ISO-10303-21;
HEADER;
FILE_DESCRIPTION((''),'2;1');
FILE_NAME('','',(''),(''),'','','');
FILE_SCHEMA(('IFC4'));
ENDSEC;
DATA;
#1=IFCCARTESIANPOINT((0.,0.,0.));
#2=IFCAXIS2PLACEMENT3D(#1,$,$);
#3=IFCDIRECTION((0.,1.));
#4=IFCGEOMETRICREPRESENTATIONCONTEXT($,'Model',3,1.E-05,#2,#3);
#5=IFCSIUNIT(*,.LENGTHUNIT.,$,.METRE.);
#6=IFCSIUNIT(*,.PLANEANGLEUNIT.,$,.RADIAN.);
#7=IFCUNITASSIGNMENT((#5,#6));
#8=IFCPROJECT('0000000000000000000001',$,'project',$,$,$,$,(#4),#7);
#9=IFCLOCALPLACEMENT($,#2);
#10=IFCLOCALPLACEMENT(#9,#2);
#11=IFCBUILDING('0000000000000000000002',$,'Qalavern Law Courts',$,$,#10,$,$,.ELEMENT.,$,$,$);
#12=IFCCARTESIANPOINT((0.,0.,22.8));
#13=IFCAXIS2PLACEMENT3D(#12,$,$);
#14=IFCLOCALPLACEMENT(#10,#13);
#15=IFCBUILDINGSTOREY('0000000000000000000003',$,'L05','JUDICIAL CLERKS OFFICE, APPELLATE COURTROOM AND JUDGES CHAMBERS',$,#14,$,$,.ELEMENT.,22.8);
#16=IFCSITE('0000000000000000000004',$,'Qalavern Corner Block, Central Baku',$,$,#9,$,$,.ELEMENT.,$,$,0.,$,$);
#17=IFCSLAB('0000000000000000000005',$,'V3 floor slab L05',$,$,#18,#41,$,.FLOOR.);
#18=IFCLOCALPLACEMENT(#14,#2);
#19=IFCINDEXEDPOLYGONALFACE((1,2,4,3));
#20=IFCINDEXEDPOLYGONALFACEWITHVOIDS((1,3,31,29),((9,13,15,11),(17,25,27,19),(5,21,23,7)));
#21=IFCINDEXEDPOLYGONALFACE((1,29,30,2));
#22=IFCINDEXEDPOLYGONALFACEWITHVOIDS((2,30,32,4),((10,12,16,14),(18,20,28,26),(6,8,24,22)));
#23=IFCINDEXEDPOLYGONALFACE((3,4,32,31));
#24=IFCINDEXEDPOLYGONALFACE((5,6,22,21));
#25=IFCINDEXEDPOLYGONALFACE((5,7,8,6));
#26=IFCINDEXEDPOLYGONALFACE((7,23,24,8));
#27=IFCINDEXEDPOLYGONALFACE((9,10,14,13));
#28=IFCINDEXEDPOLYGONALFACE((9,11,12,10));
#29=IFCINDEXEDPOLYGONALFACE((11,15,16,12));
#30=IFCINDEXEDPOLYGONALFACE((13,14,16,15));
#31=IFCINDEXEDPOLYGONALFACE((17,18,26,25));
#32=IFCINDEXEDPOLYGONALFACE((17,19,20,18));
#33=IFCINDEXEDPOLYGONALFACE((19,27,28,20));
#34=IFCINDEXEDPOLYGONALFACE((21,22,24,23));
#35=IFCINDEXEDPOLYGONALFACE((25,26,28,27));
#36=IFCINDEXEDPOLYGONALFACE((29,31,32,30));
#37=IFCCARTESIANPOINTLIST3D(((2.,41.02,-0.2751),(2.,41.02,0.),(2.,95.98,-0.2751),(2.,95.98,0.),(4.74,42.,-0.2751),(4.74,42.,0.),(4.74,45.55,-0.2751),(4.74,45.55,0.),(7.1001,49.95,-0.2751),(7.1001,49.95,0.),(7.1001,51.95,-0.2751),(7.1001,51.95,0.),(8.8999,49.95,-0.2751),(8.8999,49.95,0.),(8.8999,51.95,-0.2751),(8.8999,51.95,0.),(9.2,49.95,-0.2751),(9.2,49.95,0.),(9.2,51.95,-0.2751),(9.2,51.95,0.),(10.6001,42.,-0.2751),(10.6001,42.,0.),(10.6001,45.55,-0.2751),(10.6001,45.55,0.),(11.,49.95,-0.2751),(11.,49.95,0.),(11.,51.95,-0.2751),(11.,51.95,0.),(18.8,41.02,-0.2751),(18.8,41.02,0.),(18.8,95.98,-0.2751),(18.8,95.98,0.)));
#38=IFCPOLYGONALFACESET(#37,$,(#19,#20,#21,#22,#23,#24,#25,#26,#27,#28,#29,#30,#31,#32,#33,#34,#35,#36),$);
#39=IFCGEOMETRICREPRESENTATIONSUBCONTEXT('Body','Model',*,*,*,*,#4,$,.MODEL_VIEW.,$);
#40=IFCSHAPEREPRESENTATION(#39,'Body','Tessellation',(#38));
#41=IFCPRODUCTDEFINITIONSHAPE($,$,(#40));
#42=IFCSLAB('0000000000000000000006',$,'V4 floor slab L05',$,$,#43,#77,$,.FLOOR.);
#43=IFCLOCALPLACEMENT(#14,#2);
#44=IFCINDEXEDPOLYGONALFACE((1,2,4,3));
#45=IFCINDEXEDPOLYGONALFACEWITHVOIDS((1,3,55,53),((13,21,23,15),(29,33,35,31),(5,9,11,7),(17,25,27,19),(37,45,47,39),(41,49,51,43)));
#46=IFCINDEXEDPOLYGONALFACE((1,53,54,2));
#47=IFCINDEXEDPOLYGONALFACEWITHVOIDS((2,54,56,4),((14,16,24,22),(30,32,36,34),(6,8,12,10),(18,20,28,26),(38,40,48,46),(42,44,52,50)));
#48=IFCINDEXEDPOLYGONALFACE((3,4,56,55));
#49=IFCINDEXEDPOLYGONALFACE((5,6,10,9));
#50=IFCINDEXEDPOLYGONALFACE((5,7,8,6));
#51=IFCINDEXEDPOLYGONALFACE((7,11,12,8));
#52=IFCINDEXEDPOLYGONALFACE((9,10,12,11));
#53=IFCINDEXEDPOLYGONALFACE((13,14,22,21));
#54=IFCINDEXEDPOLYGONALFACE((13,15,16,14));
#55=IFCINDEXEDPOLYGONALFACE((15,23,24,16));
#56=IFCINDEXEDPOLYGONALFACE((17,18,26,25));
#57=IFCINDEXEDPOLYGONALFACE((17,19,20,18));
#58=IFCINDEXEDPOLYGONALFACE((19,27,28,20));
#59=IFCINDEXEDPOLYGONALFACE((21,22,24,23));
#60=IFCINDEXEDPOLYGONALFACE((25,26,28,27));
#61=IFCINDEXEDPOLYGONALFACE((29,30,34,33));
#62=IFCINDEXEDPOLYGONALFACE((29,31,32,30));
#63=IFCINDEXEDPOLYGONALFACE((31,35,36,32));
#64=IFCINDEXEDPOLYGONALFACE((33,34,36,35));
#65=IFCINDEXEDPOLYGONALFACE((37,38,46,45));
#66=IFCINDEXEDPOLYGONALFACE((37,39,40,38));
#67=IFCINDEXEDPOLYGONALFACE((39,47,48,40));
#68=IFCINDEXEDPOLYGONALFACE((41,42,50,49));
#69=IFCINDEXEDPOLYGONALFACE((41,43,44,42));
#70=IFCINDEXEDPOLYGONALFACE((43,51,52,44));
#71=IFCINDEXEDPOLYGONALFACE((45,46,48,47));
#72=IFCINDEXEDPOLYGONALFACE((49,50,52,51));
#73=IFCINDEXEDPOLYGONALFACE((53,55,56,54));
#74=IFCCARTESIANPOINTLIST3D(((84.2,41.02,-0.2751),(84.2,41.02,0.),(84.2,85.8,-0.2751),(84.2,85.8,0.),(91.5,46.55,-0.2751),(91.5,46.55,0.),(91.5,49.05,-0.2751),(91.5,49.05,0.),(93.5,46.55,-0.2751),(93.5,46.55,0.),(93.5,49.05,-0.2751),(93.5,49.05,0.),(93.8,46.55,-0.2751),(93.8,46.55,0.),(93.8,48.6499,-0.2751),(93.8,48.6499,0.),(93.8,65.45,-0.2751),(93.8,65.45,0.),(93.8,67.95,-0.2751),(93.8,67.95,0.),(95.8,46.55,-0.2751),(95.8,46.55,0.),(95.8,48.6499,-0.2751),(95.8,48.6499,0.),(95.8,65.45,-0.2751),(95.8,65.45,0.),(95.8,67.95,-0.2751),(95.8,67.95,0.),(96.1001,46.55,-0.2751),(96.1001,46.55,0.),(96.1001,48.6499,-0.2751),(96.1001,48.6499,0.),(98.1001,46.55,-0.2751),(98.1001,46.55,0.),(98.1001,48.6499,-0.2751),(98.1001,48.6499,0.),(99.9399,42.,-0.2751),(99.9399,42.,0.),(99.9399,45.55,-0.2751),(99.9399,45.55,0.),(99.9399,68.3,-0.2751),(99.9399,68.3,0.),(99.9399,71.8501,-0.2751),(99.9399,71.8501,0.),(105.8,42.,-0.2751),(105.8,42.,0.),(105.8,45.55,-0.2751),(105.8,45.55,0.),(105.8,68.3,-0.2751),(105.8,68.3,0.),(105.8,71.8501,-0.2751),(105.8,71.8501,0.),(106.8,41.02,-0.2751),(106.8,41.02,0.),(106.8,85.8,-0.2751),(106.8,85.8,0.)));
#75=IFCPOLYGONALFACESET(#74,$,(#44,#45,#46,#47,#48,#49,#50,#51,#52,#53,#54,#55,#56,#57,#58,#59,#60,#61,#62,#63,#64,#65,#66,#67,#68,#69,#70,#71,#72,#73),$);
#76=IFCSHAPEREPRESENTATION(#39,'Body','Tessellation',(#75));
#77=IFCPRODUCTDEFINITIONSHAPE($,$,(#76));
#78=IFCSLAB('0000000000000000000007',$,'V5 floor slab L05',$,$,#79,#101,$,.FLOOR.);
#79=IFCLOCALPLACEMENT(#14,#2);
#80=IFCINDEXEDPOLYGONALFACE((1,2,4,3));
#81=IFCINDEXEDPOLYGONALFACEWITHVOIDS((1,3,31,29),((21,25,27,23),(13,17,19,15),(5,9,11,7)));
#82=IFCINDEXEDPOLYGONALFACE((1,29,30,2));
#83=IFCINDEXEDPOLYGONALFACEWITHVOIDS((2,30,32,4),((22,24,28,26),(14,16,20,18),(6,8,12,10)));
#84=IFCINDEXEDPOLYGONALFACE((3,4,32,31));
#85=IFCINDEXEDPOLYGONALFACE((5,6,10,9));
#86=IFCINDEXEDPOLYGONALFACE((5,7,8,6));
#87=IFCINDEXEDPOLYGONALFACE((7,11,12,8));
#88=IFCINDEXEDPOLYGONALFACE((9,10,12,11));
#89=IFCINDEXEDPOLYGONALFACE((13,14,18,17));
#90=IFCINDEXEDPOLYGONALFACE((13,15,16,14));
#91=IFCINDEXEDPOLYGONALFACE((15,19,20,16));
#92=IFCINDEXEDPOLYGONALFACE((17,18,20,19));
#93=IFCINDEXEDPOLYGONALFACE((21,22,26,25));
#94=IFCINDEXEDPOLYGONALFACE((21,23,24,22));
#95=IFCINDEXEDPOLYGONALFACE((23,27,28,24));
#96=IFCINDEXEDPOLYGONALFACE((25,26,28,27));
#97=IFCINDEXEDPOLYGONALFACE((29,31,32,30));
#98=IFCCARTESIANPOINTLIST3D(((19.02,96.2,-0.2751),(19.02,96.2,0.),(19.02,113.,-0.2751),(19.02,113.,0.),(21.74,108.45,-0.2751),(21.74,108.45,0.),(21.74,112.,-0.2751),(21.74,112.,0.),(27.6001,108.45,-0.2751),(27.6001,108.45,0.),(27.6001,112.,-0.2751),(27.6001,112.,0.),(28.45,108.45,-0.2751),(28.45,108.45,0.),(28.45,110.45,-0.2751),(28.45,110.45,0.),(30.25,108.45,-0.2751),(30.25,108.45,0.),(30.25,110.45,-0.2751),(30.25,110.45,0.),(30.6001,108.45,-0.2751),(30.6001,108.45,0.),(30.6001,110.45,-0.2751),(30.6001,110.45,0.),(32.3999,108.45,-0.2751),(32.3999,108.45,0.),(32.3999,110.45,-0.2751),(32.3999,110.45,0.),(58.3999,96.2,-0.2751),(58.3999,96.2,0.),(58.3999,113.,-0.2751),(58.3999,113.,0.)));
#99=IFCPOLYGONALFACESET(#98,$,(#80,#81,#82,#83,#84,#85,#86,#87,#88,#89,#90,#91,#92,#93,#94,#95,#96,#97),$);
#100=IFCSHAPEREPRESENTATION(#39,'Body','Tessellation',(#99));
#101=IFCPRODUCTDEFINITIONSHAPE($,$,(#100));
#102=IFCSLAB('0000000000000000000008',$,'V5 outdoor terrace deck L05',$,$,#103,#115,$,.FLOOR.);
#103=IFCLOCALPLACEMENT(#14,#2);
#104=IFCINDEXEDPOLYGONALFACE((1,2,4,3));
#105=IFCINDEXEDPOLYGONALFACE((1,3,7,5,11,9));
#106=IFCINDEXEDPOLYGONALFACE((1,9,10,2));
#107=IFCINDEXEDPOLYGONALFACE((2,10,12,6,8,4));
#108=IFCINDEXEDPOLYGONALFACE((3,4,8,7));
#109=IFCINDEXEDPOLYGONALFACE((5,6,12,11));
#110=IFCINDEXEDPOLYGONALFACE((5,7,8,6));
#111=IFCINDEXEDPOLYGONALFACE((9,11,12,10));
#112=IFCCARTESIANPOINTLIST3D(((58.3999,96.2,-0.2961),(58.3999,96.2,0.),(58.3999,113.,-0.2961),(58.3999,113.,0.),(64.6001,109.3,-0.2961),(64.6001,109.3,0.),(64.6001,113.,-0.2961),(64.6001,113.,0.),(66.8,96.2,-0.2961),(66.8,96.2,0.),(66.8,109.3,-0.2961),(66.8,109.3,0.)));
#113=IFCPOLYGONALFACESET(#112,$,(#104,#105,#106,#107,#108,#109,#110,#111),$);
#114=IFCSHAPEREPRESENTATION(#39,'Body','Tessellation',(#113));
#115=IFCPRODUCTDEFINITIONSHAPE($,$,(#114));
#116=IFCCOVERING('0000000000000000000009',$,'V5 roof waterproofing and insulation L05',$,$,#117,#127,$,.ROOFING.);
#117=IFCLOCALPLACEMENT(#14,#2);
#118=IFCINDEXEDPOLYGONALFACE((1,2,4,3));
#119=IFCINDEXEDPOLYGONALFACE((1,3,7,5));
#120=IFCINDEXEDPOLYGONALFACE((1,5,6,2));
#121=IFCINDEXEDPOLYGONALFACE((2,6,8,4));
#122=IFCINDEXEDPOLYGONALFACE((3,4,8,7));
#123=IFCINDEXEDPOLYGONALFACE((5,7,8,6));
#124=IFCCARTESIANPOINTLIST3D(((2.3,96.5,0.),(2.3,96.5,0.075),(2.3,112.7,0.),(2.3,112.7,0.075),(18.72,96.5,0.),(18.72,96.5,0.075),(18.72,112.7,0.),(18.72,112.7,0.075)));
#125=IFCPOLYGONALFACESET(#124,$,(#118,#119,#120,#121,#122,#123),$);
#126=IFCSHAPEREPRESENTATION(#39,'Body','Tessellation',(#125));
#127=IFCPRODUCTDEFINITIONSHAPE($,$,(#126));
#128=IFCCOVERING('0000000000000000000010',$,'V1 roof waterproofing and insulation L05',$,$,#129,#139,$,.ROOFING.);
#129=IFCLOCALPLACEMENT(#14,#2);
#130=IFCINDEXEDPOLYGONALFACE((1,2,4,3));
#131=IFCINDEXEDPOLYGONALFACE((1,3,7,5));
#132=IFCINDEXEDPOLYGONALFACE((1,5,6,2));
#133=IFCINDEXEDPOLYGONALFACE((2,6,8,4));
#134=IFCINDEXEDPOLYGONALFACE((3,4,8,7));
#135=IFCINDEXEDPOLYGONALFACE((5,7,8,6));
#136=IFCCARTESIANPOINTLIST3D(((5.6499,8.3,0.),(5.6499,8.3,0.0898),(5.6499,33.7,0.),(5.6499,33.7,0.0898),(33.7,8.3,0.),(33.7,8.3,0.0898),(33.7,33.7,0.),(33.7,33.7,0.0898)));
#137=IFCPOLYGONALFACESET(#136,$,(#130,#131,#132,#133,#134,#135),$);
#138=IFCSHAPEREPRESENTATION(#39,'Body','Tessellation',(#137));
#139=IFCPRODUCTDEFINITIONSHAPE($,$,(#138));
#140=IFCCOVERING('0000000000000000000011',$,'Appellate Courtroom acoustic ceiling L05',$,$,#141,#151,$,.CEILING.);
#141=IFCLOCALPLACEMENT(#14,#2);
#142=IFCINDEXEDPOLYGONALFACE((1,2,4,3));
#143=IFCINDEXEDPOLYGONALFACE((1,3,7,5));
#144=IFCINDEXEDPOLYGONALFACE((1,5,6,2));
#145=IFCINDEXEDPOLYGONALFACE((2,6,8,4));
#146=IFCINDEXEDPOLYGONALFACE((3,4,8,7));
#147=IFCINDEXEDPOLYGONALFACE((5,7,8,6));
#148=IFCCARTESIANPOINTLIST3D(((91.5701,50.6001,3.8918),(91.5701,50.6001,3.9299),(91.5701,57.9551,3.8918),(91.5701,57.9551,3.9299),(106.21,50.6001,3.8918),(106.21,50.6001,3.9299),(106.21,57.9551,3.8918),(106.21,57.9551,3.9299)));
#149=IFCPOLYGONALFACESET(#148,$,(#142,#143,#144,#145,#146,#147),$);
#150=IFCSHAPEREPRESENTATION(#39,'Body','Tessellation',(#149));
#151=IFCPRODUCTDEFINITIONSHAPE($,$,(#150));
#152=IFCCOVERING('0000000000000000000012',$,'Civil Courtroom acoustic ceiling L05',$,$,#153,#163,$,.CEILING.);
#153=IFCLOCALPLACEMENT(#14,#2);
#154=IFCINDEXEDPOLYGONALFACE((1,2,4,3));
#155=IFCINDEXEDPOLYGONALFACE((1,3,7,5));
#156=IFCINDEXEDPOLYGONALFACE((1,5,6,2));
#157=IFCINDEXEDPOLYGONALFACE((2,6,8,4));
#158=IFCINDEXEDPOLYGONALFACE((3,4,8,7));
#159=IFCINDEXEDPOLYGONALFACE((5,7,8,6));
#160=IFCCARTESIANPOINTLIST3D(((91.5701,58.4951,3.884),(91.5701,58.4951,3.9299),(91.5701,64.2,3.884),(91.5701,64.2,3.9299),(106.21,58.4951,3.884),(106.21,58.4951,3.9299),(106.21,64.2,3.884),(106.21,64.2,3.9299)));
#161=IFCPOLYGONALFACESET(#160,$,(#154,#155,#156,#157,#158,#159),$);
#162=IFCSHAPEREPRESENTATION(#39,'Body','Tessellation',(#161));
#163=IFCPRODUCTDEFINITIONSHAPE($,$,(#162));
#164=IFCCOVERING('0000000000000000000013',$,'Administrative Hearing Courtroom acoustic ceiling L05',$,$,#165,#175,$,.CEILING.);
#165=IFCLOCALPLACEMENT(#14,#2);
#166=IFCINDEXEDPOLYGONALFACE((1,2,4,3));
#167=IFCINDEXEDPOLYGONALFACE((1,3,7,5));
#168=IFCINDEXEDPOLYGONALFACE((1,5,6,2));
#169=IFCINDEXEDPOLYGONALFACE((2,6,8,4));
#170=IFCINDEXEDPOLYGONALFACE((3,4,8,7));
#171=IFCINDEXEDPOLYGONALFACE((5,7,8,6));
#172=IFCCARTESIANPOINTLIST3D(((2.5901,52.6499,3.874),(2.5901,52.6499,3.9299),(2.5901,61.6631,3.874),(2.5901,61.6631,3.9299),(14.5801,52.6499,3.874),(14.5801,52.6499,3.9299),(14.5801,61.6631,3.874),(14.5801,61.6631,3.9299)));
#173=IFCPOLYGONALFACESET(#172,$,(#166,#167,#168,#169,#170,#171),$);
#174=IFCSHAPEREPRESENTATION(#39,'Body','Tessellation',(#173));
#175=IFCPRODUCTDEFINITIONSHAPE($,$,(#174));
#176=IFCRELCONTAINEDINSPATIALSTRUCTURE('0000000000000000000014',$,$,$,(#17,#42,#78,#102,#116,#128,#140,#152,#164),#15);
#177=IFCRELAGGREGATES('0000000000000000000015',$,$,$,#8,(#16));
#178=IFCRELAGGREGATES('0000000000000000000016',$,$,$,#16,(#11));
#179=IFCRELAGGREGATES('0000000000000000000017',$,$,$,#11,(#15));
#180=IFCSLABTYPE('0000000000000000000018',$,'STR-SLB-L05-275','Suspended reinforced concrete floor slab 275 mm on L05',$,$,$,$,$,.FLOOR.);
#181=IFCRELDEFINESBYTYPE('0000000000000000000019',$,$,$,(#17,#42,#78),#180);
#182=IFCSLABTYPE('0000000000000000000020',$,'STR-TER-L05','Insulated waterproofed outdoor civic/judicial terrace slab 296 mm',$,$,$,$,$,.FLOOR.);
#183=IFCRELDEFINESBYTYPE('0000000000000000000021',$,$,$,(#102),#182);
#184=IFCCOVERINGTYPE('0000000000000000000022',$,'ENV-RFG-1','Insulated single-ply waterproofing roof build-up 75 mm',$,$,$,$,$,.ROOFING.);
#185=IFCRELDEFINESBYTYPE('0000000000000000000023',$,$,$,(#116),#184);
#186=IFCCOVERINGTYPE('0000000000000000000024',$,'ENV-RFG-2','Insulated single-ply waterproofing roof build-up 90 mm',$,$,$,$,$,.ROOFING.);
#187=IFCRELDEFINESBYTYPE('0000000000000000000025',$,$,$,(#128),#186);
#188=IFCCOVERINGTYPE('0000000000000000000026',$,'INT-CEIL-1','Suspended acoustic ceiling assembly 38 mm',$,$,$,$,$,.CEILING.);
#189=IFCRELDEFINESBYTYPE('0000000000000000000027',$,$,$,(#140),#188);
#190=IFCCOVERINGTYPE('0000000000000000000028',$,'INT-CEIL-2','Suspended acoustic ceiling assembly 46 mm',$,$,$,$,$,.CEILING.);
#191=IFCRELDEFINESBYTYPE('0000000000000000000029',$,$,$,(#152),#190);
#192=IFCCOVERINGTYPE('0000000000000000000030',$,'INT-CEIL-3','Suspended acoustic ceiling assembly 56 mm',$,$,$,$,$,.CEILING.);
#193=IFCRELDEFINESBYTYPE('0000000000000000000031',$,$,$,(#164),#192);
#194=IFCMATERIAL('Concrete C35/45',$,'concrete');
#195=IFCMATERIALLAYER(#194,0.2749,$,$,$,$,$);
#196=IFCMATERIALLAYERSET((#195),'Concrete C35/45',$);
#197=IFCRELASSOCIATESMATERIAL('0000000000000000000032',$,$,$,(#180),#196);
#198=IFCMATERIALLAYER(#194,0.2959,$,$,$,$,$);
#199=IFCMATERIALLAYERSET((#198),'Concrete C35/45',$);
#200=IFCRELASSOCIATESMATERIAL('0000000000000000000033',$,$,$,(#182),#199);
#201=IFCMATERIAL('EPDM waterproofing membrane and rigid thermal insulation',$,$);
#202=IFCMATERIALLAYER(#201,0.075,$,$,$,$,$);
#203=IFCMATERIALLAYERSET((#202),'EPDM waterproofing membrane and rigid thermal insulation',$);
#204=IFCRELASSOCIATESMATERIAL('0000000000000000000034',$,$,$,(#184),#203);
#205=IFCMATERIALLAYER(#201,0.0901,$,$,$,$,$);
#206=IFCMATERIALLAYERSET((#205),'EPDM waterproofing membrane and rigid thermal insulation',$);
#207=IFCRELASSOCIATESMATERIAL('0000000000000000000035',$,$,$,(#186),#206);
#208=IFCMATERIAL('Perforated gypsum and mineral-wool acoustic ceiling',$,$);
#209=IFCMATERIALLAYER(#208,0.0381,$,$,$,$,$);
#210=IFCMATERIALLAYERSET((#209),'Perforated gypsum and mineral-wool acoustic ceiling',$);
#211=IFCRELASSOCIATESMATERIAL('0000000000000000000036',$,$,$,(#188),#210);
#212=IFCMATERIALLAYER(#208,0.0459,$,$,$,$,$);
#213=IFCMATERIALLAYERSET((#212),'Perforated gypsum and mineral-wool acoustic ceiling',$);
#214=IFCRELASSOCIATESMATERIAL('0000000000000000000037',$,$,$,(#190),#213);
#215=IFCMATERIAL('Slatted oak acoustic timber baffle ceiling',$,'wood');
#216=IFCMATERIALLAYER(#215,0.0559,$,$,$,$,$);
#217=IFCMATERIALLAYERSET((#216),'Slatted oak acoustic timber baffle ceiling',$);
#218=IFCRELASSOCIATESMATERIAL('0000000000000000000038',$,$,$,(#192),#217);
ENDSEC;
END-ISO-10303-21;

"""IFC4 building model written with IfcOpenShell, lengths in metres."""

from ifc_helpers import new_model, si_unit, direction, frame, origin, place, context, subcontext, project, spatial, polyline, outline, extrude, material, layer, layer_set, type_object, element, save


model = new_model("IFC4")

# Units and contexts
model_context = context("Model", 3, precision=1e-05, world=origin(), true_north=direction((0.0, 1.0)))
body_context = subcontext(model_context, "Body", "Model", "MODEL_VIEW")
ifc_project = project(units=[si_unit("LENGTHUNIT", "METRE"), si_unit("PLANEANGLEUNIT", "RADIAN")], contexts=[model_context])

# Site, building, storey
site_placement = place(None, origin())
site = spatial("IfcSite", under=ifc_project, at=site_placement, Name="Qalavern Corner Block, Central Baku", CompositionType="ELEMENT", RefElevation=0.0)
building_placement = place(site_placement, origin())
building = spatial("IfcBuilding", under=site, at=building_placement, Name="Qalavern Law Courts", CompositionType="ELEMENT")
storey_placement = place(building_placement, frame((0.0, 0.0, 22.8)))
storey = spatial("IfcBuildingStorey", under=building, at=storey_placement, Name="L05", Description="JUDICIAL CLERKS OFFICE, APPELLATE COURTROOM AND JUDGES CHAMBERS", CompositionType="ELEMENT", Elevation=22.8)

# Shared definitions
ifc_material_1 = material(Name="Concrete C35/45", Category="concrete")

# Slabs
ifc_layer_1 = layer(ifc_material_1, 0.2749)
ifc_layer_set_1 = layer_set([ifc_layer_1], Name="Concrete C35/45")
slab_type_1 = type_object("IfcSlabType", Name="STR-SLB-L05-275", Description="Suspended reinforced concrete floor slab 275 mm on L05", PredefinedType="FLOOR", material=ifc_layer_set_1)
slab_1_placement = place(storey_placement, frame((0.0, 0.0, -0.2751)))
element("IfcSlab", 1, at=slab_1_placement, inside=storey, type_object=slab_type_1, Name="V3 floor slab L05", PredefinedType="FLOOR", context=body_context, shape_type="SweptSolid", body=[
    extrude(outline(polyline([(2.0, 41.02), (18.8, 41.02), (18.8, 95.98), (2.0, 95.98), (2.0, 41.02)]), holes=[polyline([(4.74, 42.0), (10.6001, 42.0), (10.6001, 45.55), (4.74, 45.55), (4.74, 42.0)]), polyline([(7.1001, 49.95), (8.8999, 49.95), (8.8999, 51.95), (7.1001, 51.95), (7.1001, 49.95)]), polyline([(9.2, 49.95), (11.0, 49.95), (11.0, 51.95), (9.2, 51.95), (9.2, 49.95)])]), origin(), (0.0, 0.0, 1.0), 0.2751),
])
slab_2_placement = place(storey_placement, frame((0.0, 0.0, -0.2751)))
element("IfcSlab", 2, at=slab_2_placement, inside=storey, type_object=slab_type_1, Name="V4 floor slab L05", PredefinedType="FLOOR", context=body_context, shape_type="SweptSolid", body=[
    extrude(outline(polyline([(84.2, 41.02), (106.8, 41.02), (106.8, 85.8), (84.2, 85.8), (84.2, 41.02)]), holes=[polyline([(99.9399, 42.0), (105.8, 42.0), (105.8, 45.55), (99.9399, 45.55), (99.9399, 42.0)]), polyline([(91.5, 46.55), (93.5, 46.55), (93.5, 49.05), (91.5, 49.05), (91.5, 46.55)]), polyline([(93.8, 46.55), (95.8, 46.55), (95.8, 48.6499), (93.8, 48.6499), (93.8, 46.55)]), polyline([(96.1001, 46.55), (98.1001, 46.55), (98.1001, 48.6499), (96.1001, 48.6499), (96.1001, 46.55)]), polyline([(99.9399, 68.3), (105.8, 68.3), (105.8, 71.8501), (99.9399, 71.8501), (99.9399, 68.3)]), polyline([(93.8, 65.45), (95.8, 65.45), (95.8, 67.95), (93.8, 67.95), (93.8, 65.45)])]), origin(), (0.0, 0.0, 1.0), 0.2751),
])
slab_3_placement = place(storey_placement, frame((0.0, 0.0, -0.2751)))
element("IfcSlab", 3, at=slab_3_placement, inside=storey, type_object=slab_type_1, Name="V5 floor slab L05", PredefinedType="FLOOR", context=body_context, shape_type="SweptSolid", body=[
    extrude(outline(polyline([(19.02, 96.2), (58.3999, 96.2), (58.3999, 113.0), (19.02, 113.0), (19.02, 96.2)]), holes=[polyline([(21.74, 108.45), (27.6001, 108.45), (27.6001, 112.0), (21.74, 112.0), (21.74, 108.45)]), polyline([(28.45, 108.45), (30.25, 108.45), (30.25, 110.45), (28.45, 110.45), (28.45, 108.45)]), polyline([(30.6001, 108.45), (32.3999, 108.45), (32.3999, 110.45), (30.6001, 110.45), (30.6001, 108.45)])]), origin(), (0.0, 0.0, 1.0), 0.2751),
])
ifc_layer_2 = layer(ifc_material_1, 0.2959)
ifc_layer_set_2 = layer_set([ifc_layer_2], Name="Concrete C35/45")
slab_type_2 = type_object("IfcSlabType", Name="STR-TER-L05", Description="Insulated waterproofed outdoor civic/judicial terrace slab 296 mm", PredefinedType="FLOOR", material=ifc_layer_set_2)
slab_4_placement = place(storey_placement, frame((0.0, 0.0, -0.2961)))
element("IfcSlab", 4, at=slab_4_placement, inside=storey, type_object=slab_type_2, Name="V5 outdoor terrace deck L05", PredefinedType="FLOOR", context=body_context, shape_type="SweptSolid", body=[
    extrude(outline(polyline([(58.3999, 96.2), (66.8, 96.2), (66.8, 109.3), (64.6001, 109.3), (64.6001, 113.0), (58.3999, 113.0), (58.3999, 96.2)])), origin(), (0.0, 0.0, 1.0), 0.2961),
])

# Coverings
ifc_material_2 = material(Name="EPDM waterproofing membrane and rigid thermal insulation")
ifc_layer_3 = layer(ifc_material_2, 0.075)
ifc_layer_set_3 = layer_set([ifc_layer_3], Name="EPDM waterproofing membrane and rigid thermal insulation")
covering_type_1 = type_object("IfcCoveringType", Name="ENV-RFG-1", Description="Insulated single-ply waterproofing roof build-up 75 mm", PredefinedType="ROOFING", material=ifc_layer_set_3)
covering_1_placement = place(storey_placement, origin())
element("IfcCovering", 5, at=covering_1_placement, inside=storey, type_object=covering_type_1, Name="V5 roof waterproofing and insulation L05", PredefinedType="ROOFING", context=body_context, shape_type="SweptSolid", body=[
    extrude(outline(polyline([(2.3, 96.5), (18.72, 96.5), (18.72, 112.7), (2.3, 112.7), (2.3, 96.5)])), origin(), (0.0, 0.0, 1.0), 0.075),
])
ifc_layer_4 = layer(ifc_material_2, 0.0901)
ifc_layer_set_4 = layer_set([ifc_layer_4], Name="EPDM waterproofing membrane and rigid thermal insulation")
covering_type_2 = type_object("IfcCoveringType", Name="ENV-RFG-2", Description="Insulated single-ply waterproofing roof build-up 90 mm", PredefinedType="ROOFING", material=ifc_layer_set_4)
covering_2_placement = place(storey_placement, origin())
element("IfcCovering", 6, at=covering_2_placement, inside=storey, type_object=covering_type_2, Name="V1 roof waterproofing and insulation L05", PredefinedType="ROOFING", context=body_context, shape_type="SweptSolid", body=[
    extrude(outline(polyline([(5.6499, 8.3), (33.7, 8.3), (33.7, 33.7), (5.6499, 33.7), (5.6499, 8.3)])), origin(), (0.0, 0.0, 1.0), 0.0898),
])
ifc_material_3 = material(Name="Perforated gypsum and mineral-wool acoustic ceiling")
ifc_layer_5 = layer(ifc_material_3, 0.0381)
ifc_layer_set_5 = layer_set([ifc_layer_5], Name="Perforated gypsum and mineral-wool acoustic ceiling")
covering_type_3 = type_object("IfcCoveringType", Name="INT-CEIL-1", Description="Suspended acoustic ceiling assembly 38 mm", PredefinedType="CEILING", material=ifc_layer_set_5)
covering_3_placement = place(storey_placement, frame((0.0, 0.0, 3.8918)))
element("IfcCovering", 7, at=covering_3_placement, inside=storey, type_object=covering_type_3, Name="Appellate Courtroom acoustic ceiling L05", PredefinedType="CEILING", context=body_context, shape_type="SweptSolid", body=[
    extrude(outline(polyline([(91.5701, 50.6001), (106.21, 50.6001), (106.21, 57.9551), (91.5701, 57.9551), (91.5701, 50.6001)])), origin(), (0.0, 0.0, 1.0), 0.0381),
])
ifc_layer_6 = layer(ifc_material_3, 0.0459)
ifc_layer_set_6 = layer_set([ifc_layer_6], Name="Perforated gypsum and mineral-wool acoustic ceiling")
covering_type_4 = type_object("IfcCoveringType", Name="INT-CEIL-2", Description="Suspended acoustic ceiling assembly 46 mm", PredefinedType="CEILING", material=ifc_layer_set_6)
covering_4_placement = place(storey_placement, frame((0.0, 0.0, 3.884)))
element("IfcCovering", 8, at=covering_4_placement, inside=storey, type_object=covering_type_4, Name="Civil Courtroom acoustic ceiling L05", PredefinedType="CEILING", context=body_context, shape_type="SweptSolid", body=[
    extrude(outline(polyline([(91.5701, 58.4951), (106.21, 58.4951), (106.21, 64.2), (91.5701, 64.2), (91.5701, 58.4951)])), origin(), (0.0, 0.0, 1.0), 0.0459),
])
ifc_material_4 = material(Name="Slatted oak acoustic timber baffle ceiling", Category="wood")
ifc_layer_7 = layer(ifc_material_4, 0.0559)
ifc_layer_set_7 = layer_set([ifc_layer_7], Name="Slatted oak acoustic timber baffle ceiling")
covering_type_5 = type_object("IfcCoveringType", Name="INT-CEIL-3", Description="Suspended acoustic ceiling assembly 56 mm", PredefinedType="CEILING", material=ifc_layer_set_7)
covering_5_placement = place(storey_placement, frame((0.0, 0.0, 3.874)))
element("IfcCovering", 9, at=covering_5_placement, inside=storey, type_object=covering_type_5, Name="Administrative Hearing Courtroom acoustic ceiling L05", PredefinedType="CEILING", context=body_context, shape_type="SweptSolid", body=[
    extrude(outline(polyline([(2.5901, 52.6499), (14.5801, 52.6499), (14.5801, 61.6631), (2.5901, 61.6631), (2.5901, 52.6499)])), origin(), (0.0, 0.0, 1.0), 0.0559),
])

save(model, "model.ifc")
